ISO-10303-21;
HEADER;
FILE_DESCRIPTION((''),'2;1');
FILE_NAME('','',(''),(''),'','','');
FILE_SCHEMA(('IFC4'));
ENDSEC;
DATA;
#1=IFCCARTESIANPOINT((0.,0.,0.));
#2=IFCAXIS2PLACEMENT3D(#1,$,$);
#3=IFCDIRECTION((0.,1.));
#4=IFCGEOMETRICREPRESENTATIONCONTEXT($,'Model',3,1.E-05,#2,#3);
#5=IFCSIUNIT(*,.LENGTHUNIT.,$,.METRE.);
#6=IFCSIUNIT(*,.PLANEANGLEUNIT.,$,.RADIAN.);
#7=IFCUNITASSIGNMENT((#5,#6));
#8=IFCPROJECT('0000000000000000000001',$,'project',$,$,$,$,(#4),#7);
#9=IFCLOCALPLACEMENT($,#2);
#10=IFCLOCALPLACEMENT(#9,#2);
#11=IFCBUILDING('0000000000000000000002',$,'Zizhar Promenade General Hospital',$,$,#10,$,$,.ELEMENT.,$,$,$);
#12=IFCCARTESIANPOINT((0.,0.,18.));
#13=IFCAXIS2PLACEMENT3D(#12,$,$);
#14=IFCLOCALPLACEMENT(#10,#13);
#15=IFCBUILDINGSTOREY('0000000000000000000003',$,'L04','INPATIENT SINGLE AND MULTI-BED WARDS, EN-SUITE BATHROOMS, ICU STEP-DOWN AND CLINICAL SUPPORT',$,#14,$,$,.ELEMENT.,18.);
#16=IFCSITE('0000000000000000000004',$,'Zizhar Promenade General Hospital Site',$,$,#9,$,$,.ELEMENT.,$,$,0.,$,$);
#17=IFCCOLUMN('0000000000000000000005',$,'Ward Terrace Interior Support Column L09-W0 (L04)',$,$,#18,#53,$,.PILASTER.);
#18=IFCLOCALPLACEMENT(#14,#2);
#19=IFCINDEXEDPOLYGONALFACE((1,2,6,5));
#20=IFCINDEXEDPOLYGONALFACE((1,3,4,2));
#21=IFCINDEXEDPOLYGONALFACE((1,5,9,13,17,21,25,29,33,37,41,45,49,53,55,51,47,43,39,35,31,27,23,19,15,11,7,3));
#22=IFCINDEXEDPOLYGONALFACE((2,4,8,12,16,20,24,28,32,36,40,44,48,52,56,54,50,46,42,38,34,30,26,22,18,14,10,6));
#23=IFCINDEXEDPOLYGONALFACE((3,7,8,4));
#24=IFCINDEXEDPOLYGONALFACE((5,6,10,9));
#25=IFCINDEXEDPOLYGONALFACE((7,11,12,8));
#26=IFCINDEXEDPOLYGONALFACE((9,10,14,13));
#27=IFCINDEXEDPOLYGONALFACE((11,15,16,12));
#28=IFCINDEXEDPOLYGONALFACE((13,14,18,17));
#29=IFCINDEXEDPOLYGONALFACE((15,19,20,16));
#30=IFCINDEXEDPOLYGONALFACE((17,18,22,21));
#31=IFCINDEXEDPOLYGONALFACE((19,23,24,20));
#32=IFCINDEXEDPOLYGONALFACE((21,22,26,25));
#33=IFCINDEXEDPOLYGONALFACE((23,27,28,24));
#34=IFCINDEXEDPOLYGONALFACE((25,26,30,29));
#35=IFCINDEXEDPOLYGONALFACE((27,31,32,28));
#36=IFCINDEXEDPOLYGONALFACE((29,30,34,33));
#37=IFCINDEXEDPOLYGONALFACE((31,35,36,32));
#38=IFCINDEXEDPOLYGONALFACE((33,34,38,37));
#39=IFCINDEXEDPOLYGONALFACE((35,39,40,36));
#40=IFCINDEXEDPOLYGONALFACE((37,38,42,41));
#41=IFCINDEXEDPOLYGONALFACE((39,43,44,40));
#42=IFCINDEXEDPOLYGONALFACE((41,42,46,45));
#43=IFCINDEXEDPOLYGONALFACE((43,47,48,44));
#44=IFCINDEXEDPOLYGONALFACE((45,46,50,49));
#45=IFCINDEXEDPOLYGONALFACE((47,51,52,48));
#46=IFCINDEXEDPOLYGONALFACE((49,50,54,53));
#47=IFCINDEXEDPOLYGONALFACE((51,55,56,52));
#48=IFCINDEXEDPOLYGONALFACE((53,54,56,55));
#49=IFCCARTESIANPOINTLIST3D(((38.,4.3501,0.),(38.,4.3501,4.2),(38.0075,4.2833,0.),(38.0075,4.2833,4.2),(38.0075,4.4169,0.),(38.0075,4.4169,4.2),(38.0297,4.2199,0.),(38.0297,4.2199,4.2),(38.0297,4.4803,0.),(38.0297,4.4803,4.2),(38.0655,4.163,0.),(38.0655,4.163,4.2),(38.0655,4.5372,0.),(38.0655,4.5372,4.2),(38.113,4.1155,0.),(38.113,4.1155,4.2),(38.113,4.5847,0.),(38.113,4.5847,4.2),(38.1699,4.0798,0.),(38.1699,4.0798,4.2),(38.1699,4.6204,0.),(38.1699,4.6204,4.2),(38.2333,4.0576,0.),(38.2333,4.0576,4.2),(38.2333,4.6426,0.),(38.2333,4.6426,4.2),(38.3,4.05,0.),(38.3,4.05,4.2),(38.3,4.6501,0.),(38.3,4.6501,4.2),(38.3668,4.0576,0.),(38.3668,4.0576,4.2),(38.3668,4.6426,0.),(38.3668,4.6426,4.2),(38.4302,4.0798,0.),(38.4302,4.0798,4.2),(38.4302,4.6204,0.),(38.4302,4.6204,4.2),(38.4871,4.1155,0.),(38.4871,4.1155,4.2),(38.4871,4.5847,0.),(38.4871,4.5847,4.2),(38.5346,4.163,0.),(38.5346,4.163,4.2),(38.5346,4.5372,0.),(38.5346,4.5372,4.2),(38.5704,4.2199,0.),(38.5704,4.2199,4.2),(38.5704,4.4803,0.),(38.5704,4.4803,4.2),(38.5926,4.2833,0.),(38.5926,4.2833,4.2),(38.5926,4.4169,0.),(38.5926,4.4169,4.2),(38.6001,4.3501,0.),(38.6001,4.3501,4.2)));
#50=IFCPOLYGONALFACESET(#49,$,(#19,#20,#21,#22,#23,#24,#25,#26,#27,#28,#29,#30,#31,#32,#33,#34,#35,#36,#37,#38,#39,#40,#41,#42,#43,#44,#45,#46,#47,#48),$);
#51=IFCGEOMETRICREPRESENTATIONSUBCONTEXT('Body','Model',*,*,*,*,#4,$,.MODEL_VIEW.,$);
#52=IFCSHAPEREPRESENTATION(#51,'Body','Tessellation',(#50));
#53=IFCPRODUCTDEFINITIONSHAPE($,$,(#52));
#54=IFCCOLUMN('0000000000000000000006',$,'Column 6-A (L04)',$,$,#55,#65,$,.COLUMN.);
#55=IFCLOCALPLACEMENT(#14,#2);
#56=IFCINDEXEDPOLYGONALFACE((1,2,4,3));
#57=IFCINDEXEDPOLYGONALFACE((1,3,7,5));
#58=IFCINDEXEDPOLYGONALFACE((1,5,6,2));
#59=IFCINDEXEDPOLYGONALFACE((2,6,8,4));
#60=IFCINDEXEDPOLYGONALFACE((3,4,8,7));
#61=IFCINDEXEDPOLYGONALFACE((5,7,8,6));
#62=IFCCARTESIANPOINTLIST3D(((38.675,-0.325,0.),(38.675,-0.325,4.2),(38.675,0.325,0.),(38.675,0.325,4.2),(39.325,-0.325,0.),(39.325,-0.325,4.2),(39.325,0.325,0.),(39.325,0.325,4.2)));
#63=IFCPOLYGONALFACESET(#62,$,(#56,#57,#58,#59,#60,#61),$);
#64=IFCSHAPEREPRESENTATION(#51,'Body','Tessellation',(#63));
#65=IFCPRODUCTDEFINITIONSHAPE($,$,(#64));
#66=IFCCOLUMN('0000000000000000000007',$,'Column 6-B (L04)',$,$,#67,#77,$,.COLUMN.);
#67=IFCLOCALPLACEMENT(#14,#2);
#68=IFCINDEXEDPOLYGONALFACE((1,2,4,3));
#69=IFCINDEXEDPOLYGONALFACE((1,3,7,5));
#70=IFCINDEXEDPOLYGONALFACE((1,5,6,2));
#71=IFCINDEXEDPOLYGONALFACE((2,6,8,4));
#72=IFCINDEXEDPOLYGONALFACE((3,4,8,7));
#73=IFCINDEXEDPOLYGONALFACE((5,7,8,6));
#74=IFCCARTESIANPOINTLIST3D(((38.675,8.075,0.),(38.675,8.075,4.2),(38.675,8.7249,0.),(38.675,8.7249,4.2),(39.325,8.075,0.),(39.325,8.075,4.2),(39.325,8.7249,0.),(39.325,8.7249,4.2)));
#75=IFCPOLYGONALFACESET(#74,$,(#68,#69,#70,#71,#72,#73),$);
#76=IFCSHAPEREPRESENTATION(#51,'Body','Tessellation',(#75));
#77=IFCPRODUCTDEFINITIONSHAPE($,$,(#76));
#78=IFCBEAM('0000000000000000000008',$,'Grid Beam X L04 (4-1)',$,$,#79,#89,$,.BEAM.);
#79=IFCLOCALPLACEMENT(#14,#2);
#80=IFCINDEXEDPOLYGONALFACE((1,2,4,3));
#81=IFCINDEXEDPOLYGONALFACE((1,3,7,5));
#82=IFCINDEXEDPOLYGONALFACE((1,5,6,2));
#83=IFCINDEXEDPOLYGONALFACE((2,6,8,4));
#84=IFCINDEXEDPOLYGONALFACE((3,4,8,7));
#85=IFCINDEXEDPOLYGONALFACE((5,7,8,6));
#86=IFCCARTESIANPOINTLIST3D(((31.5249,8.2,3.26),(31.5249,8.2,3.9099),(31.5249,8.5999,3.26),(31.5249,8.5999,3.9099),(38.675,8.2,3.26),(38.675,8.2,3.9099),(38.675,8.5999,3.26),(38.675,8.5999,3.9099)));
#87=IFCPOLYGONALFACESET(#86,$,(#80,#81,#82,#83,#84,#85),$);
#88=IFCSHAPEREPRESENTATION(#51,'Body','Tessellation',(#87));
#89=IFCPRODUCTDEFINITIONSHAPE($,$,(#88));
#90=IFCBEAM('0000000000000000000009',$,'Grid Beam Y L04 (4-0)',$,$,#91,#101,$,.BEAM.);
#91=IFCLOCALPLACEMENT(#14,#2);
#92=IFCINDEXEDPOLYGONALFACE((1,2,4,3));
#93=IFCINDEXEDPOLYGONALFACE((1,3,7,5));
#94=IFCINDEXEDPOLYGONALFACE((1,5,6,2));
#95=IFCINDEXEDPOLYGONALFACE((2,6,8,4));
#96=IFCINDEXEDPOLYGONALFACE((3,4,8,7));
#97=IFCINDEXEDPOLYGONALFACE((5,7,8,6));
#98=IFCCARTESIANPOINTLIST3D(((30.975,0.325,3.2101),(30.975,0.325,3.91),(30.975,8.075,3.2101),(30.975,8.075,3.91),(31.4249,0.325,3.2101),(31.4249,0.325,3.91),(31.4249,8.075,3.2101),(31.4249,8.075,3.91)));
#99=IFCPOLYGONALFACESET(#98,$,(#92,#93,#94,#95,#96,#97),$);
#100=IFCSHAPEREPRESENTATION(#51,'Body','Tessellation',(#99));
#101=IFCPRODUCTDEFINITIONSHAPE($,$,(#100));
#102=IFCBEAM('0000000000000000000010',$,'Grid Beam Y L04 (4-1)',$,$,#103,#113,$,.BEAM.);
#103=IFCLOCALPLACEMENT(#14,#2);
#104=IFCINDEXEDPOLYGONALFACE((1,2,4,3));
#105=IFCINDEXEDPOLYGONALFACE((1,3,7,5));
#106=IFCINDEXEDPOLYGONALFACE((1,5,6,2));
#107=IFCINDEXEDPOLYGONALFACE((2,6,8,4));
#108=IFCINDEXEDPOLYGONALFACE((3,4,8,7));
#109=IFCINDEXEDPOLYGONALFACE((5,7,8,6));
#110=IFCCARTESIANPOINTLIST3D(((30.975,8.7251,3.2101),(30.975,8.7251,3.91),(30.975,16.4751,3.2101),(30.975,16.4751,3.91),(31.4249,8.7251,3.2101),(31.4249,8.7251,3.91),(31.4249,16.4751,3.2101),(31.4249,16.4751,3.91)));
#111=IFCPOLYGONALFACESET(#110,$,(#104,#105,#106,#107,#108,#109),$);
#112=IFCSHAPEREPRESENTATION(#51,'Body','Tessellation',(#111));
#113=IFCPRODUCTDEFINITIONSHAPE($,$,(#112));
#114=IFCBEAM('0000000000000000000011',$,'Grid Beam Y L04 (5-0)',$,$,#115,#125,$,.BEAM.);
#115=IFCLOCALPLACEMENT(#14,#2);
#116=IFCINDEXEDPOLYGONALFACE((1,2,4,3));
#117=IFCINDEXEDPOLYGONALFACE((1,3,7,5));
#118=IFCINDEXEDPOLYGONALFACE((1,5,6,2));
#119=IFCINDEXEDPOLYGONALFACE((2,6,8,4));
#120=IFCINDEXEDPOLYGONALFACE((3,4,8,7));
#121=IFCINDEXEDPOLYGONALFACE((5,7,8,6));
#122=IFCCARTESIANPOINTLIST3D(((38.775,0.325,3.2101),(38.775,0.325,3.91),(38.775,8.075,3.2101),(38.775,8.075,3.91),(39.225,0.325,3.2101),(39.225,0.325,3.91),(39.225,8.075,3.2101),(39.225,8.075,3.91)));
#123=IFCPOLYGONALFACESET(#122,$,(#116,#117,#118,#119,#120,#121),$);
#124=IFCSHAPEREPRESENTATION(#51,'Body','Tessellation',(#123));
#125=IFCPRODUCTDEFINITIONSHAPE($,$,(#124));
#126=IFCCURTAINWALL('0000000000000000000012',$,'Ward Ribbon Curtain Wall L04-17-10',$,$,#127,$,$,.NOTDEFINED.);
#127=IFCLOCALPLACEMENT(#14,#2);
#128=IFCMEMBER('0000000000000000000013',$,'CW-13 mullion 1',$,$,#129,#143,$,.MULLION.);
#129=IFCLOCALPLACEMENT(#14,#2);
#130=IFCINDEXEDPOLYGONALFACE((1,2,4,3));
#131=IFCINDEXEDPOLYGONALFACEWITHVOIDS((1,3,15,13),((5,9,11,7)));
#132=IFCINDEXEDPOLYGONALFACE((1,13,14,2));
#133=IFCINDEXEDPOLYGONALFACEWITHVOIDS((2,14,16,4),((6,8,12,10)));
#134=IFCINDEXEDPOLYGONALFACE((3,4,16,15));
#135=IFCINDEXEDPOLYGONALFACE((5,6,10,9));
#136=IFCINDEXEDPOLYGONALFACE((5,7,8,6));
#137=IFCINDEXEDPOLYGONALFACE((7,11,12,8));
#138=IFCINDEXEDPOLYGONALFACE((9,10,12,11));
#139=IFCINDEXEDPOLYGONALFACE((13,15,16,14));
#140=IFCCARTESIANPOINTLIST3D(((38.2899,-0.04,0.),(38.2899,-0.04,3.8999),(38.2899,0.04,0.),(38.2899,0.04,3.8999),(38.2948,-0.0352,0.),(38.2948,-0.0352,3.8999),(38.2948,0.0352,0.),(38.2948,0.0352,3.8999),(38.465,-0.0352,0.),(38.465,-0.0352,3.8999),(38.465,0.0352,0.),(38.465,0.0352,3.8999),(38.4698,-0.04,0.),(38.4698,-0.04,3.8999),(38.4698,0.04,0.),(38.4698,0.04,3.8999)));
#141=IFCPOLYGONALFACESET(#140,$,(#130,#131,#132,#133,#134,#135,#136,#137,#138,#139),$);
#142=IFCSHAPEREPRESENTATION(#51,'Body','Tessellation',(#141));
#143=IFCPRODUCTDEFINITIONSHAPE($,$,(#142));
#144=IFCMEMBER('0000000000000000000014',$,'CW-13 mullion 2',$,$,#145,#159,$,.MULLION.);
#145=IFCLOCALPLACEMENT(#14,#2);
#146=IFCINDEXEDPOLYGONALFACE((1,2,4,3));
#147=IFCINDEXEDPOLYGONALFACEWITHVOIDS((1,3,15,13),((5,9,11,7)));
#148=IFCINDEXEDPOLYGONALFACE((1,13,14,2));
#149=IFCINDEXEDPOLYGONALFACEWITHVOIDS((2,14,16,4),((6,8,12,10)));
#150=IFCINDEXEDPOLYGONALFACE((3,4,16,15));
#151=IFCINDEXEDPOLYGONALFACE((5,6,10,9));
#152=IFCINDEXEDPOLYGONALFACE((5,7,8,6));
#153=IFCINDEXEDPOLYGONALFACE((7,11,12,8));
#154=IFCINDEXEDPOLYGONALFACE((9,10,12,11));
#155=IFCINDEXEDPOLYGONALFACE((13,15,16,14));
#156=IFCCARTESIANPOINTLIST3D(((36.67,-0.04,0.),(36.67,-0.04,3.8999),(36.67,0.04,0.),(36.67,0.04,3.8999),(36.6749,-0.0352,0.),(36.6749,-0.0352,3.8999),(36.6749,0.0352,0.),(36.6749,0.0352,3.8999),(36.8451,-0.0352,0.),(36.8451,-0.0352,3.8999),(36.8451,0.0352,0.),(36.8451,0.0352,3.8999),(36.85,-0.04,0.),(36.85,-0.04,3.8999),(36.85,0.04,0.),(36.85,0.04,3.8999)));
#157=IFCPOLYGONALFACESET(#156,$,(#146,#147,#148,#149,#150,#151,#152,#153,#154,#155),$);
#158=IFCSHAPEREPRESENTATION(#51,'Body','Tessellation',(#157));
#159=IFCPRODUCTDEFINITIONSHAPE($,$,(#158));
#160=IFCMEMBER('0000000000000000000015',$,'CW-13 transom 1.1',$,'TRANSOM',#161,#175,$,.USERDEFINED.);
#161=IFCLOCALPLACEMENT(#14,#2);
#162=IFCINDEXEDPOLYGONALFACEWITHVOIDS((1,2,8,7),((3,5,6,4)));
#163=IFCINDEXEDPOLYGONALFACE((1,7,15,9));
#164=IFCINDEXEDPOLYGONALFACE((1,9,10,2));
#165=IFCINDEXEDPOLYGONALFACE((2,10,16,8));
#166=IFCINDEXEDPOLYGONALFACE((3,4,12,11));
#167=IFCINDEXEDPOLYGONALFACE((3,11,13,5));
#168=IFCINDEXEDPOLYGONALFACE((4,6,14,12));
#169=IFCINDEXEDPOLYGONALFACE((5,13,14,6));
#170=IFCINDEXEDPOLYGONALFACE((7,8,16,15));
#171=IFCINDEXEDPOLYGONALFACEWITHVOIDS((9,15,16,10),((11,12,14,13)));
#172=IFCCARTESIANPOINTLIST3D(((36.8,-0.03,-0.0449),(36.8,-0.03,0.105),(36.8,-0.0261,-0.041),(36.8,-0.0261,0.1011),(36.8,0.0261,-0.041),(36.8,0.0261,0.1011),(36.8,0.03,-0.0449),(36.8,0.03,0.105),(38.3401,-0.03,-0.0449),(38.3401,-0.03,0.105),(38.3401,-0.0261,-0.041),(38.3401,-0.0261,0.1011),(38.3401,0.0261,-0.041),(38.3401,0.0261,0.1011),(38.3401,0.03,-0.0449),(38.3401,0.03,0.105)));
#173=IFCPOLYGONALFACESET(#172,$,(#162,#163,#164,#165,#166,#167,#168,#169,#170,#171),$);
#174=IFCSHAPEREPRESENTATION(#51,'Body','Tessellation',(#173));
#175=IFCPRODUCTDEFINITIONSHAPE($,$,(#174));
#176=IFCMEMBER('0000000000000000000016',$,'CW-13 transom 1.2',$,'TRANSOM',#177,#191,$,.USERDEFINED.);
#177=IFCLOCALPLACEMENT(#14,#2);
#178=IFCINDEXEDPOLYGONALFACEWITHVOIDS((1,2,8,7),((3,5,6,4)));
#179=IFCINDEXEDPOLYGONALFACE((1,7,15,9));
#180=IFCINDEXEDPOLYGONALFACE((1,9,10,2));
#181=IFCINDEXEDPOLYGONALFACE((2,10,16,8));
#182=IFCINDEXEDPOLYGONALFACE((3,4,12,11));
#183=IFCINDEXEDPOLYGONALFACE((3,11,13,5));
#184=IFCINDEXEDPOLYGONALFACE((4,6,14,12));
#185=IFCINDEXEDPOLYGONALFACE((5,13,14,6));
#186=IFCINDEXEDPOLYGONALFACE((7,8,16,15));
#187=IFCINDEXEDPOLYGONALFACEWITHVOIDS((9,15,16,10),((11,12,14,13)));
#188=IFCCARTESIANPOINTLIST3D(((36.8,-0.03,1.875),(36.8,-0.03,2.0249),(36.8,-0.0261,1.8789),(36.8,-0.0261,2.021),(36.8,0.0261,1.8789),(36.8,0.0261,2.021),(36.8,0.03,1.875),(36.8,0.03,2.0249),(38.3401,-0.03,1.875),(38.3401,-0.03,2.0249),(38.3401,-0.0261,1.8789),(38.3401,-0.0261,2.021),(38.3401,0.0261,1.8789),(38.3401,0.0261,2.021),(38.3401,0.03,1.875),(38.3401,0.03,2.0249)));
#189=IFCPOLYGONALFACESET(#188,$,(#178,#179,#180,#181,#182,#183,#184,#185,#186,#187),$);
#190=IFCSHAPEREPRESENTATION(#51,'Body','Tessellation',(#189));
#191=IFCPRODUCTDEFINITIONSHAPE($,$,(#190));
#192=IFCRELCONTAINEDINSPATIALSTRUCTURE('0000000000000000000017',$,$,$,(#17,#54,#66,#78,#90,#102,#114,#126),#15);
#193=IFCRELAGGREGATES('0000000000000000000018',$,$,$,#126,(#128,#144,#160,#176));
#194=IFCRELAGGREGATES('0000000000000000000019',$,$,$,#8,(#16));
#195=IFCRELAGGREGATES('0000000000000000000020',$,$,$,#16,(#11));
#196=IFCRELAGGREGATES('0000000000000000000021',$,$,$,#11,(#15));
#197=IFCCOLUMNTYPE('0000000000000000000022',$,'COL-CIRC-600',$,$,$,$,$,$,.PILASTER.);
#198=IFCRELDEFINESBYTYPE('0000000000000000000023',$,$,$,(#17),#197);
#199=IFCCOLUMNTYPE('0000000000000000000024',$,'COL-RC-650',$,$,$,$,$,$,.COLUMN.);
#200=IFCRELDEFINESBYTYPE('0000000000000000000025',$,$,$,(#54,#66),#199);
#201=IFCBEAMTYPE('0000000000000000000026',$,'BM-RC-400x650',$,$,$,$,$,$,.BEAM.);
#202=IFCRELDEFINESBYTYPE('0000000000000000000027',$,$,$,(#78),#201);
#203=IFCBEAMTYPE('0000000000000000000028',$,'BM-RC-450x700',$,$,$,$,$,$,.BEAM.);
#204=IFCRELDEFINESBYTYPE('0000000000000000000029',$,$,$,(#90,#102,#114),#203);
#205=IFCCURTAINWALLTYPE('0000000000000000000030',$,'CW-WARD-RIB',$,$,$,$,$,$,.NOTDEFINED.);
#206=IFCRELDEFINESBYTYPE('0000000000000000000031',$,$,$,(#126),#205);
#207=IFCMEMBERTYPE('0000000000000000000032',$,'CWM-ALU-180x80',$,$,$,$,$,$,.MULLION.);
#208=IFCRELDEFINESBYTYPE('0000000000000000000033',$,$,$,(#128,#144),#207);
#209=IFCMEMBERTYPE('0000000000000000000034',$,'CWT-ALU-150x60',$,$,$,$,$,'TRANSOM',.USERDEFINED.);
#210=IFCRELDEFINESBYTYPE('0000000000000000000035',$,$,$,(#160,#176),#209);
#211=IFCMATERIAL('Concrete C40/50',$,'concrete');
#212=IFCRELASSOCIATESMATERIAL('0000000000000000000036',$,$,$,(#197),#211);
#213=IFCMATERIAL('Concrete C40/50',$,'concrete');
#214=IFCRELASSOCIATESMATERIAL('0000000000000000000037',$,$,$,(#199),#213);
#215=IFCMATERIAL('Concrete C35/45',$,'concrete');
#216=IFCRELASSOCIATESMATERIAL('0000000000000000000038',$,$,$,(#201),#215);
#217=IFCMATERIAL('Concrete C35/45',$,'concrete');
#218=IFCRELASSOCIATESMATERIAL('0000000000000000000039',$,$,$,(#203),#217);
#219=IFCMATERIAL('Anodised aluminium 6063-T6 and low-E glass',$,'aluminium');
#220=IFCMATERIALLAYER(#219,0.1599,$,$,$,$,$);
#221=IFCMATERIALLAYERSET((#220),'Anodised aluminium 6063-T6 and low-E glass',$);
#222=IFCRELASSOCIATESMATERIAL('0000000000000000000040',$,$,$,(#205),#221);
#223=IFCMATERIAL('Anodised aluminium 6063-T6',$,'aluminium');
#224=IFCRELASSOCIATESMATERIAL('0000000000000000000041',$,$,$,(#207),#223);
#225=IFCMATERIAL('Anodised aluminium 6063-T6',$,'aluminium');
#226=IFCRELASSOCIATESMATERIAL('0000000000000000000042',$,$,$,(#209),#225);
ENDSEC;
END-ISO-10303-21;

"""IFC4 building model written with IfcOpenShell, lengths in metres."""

from ifc_helpers import new_model, si_unit, direction, frame, origin, origin_2d, place, context, subcontext, project, spatial, rectangle, hollow_rectangle, circle, extrude, material, layer, layer_set, material_profile, profile_set, type_object, element, aggregate, save


model = new_model("IFC4")

# Units and contexts
model_context = context("Model", 3, precision=1e-05, world=origin(), true_north=direction((0.0, 1.0)))
body_context = subcontext(model_context, "Body", "Model", "MODEL_VIEW")
ifc_project = project(units=[si_unit("LENGTHUNIT", "METRE"), si_unit("PLANEANGLEUNIT", "RADIAN")], contexts=[model_context])

# Site, building, storey
site_placement = place(None, origin())
site = spatial("IfcSite", under=ifc_project, at=site_placement, Name="Zizhar Promenade General Hospital Site", CompositionType="ELEMENT", RefElevation=0.0)
building_placement = place(site_placement, origin())
building = spatial("IfcBuilding", under=site, at=building_placement, Name="Zizhar Promenade General Hospital", CompositionType="ELEMENT")
storey_placement = place(building_placement, frame((0.0, 0.0, 18.0)))
storey = spatial("IfcBuildingStorey", under=building, at=storey_placement, Name="L04", Description="INPATIENT SINGLE AND MULTI-BED WARDS, EN-SUITE BATHROOMS, ICU STEP-DOWN AND CLINICAL SUPPORT", CompositionType="ELEMENT", Elevation=18.0)

# Columns
ifc_material_1 = material(Name="Concrete C40/50", Category="concrete")
ifc_material_profile_1 = material_profile(ifc_material_1, circle(Radius=0.3, at=origin_2d()))
ifc_profile_set_1 = profile_set([ifc_material_profile_1], Name="Concrete C40/50")
column_type_1 = type_object("IfcColumnType", Name="COL-CIRC-600", PredefinedType="PILASTER", material=ifc_profile_set_1)
column_placement = place(storey_placement, frame((38.3, 4.3501, 0.0), z_axis=(0.0, 0.0, 1.0), x_axis=(1.0, 0.0, 0.0)))
element("IfcColumn", 1, at=column_placement, inside=storey, type_object=column_type_1, Name="Ward Terrace Interior Support Column L09-W0 (L04)", PredefinedType="PILASTER", context=body_context, shape_type="SweptSolid", body=[
    extrude(circle(Radius=0.3, at=origin_2d()), origin(), (0.0, 0.0, 1.0), 4.2),
])
ifc_material_2 = material(Name="Concrete C40/50", Category="concrete")
ifc_material_profile_2 = material_profile(ifc_material_2, rectangle(XDim=0.6499, YDim=0.6499, at=origin_2d()))
ifc_profile_set_2 = profile_set([ifc_material_profile_2], Name="Concrete C40/50")
column_type_2 = type_object("IfcColumnType", Name="COL-RC-650", PredefinedType="COLUMN", material=ifc_profile_set_2)
for number, where, z_axis, x_axis, name in (
    (2, (39.0, 0.0, 0.0), (0.0, 0.0, 1.0), (1.0, 0.0, 0.0), "Column 6-A (L04)"),
    (3, (39.0, 8.3999, 0.0), (0.0, 0.0, 1.0), (1.0, 0.0, 0.0), "Column 6-B (L04)"),
):
    element("IfcColumn", number, at=place(storey_placement, frame(where, z_axis=z_axis, x_axis=x_axis)), inside=storey, type_object=column_type_2, Name=name, PredefinedType="COLUMN", context=body_context, shape_type="SweptSolid", body=[
        extrude(rectangle(XDim=0.6499, YDim=0.6499, at=origin_2d()), origin(), (0.0, 0.0, 1.0), 4.2),
    ])

# Beams
ifc_material_3 = material(Name="Concrete C35/45", Category="concrete")
ifc_material_profile_3 = material_profile(ifc_material_3, rectangle(XDim=0.3999, YDim=0.6499, at=origin_2d()))
ifc_profile_set_3 = profile_set([ifc_material_profile_3], Name="Concrete C35/45")
beam_type_1 = type_object("IfcBeamType", Name="BM-RC-400x650", PredefinedType="BEAM", material=ifc_profile_set_3)
beam_placement = place(storey_placement, frame((31.5249, 8.3999, 3.585), z_axis=(1.0, 0.0, 0.0), x_axis=(0.0, 1.0, 0.0)))
element("IfcBeam", 4, at=beam_placement, inside=storey, type_object=beam_type_1, Name="Grid Beam X L04 (4-1)", PredefinedType="BEAM", context=body_context, shape_type="SweptSolid", body=[
    extrude(rectangle(XDim=0.3999, YDim=0.6499, at=origin_2d()), origin(), (0.0, 0.0, 1.0), 7.1501),
])
ifc_material_4 = material(Name="Concrete C35/45", Category="concrete")
ifc_material_profile_4 = material_profile(ifc_material_4, rectangle(XDim=0.45, YDim=0.7, at=origin_2d()))
ifc_profile_set_4 = profile_set([ifc_material_profile_4], Name="Concrete C35/45")
beam_type_2 = type_object("IfcBeamType", Name="BM-RC-450x700", PredefinedType="BEAM", material=ifc_profile_set_4)
for number, where, z_axis, x_axis, name in (
    (5, (31.2, 0.325, 3.5601), (0.0, 1.0, 0.0), (-1.0, 0.0, 0.0), "Grid Beam Y L04 (4-0)"),
    (6, (31.2, 8.7251, 3.5601), (0.0, 1.0, 0.0), (-1.0, 0.0, 0.0), "Grid Beam Y L04 (4-1)"),
    (7, (39.0, 0.325, 3.5601), (0.0, 1.0, 0.0), (-1.0, 0.0, 0.0), "Grid Beam Y L04 (5-0)"),
):
    element("IfcBeam", number, at=place(storey_placement, frame(where, z_axis=z_axis, x_axis=x_axis)), inside=storey, type_object=beam_type_2, Name=name, PredefinedType="BEAM", context=body_context, shape_type="SweptSolid", body=[
        extrude(rectangle(XDim=0.45, YDim=0.7, at=origin_2d()), origin(), (0.0, 0.0, 1.0), 7.75),
    ])

# Curtain wall, members
ifc_material_5 = material(Name="Anodised aluminium 6063-T6 and low-E glass", Category="aluminium")
ifc_layer_1 = layer(ifc_material_5, 0.1599)
ifc_layer_set_1 = layer_set([ifc_layer_1], Name="Anodised aluminium 6063-T6 and low-E glass")
curtain_wall_type = type_object("IfcCurtainWallType", Name="CW-WARD-RIB", PredefinedType="NOTDEFINED", material=ifc_layer_set_1)
curtain_wall_placement = place(storey_placement, origin())
curtain_wall = element("IfcCurtainWall", 8, at=curtain_wall_placement, inside=storey, type_object=curtain_wall_type, Name="Ward Ribbon Curtain Wall L04-17-10", PredefinedType="NOTDEFINED")
ifc_material_6 = material(Name="Anodised aluminium 6063-T6", Category="aluminium")
ifc_material_profile_5 = material_profile(ifc_material_6, hollow_rectangle(XDim=0.0801, YDim=0.1799, WallThickness=0.0049, at=origin_2d()))
ifc_profile_set_5 = profile_set([ifc_material_profile_5], Name="Anodised aluminium 6063-T6")
member_type_1 = type_object("IfcMemberType", Name="CWM-ALU-180x80", PredefinedType="MULLION", material=ifc_profile_set_5)
member_1_placement = place(storey_placement, frame((38.3799, 0.0, 0.0), z_axis=(0.0, 0.0, 1.0), x_axis=(0.0, -1.0, 0.0)))
member_1 = element("IfcMember", 9, at=member_1_placement, type_object=member_type_1, Name="CW-13 mullion 1", PredefinedType="MULLION", context=body_context, shape_type="SweptSolid", body=[
    extrude(hollow_rectangle(XDim=0.0801, YDim=0.1799, WallThickness=0.0049, at=origin_2d()), origin(), (0.0, 0.0, 1.0), 3.8999),
])
member_2_placement = place(storey_placement, frame((36.76, 0.0, 0.0), z_axis=(0.0, 0.0, 1.0), x_axis=(0.0, -1.0, 0.0)))
member_2 = element("IfcMember", 10, at=member_2_placement, type_object=member_type_1, Name="CW-13 mullion 2", PredefinedType="MULLION", context=body_context, shape_type="SweptSolid", body=[
    extrude(hollow_rectangle(XDim=0.0801, YDim=0.1799, WallThickness=0.0049, at=origin_2d()), origin(), (0.0, 0.0, 1.0), 3.8999),
])
ifc_material_7 = material(Name="Anodised aluminium 6063-T6", Category="aluminium")
ifc_material_profile_6 = material_profile(ifc_material_7, hollow_rectangle(XDim=0.0601, YDim=0.1499, WallThickness=0.0039, at=origin_2d()))
ifc_profile_set_6 = profile_set([ifc_material_profile_6], Name="Anodised aluminium 6063-T6")
member_type_2 = type_object("IfcMemberType", Name="CWT-ALU-150x60", ElementType="TRANSOM", PredefinedType="USERDEFINED", material=ifc_profile_set_6)
member_3_placement = place(storey_placement, frame((38.3401, 0.0, 0.03), z_axis=(-1.0, 0.0, 0.0), x_axis=(0.0, -1.0, 0.0)))
member_3 = element("IfcMember", 11, at=member_3_placement, type_object=member_type_2, Name="CW-13 transom 1.1", ObjectType="TRANSOM", PredefinedType="USERDEFINED", context=body_context, shape_type="SweptSolid", body=[
    extrude(hollow_rectangle(XDim=0.0601, YDim=0.1499, WallThickness=0.0039, at=origin_2d()), origin(), (0.0, 0.0, 1.0), 1.54),
])
member_4_placement = place(storey_placement, frame((38.3401, 0.0, 1.95), z_axis=(-1.0, 0.0, 0.0), x_axis=(0.0, -1.0, 0.0)))
member_4 = element("IfcMember", 12, at=member_4_placement, type_object=member_type_2, Name="CW-13 transom 1.2", ObjectType="TRANSOM", PredefinedType="USERDEFINED", context=body_context, shape_type="SweptSolid", body=[
    extrude(hollow_rectangle(XDim=0.0601, YDim=0.1499, WallThickness=0.0039, at=origin_2d()), origin(), (0.0, 0.0, 1.0), 1.54),
])
aggregate(curtain_wall, [member_1, member_2, member_3, member_4])

save(model, "model.ifc")
